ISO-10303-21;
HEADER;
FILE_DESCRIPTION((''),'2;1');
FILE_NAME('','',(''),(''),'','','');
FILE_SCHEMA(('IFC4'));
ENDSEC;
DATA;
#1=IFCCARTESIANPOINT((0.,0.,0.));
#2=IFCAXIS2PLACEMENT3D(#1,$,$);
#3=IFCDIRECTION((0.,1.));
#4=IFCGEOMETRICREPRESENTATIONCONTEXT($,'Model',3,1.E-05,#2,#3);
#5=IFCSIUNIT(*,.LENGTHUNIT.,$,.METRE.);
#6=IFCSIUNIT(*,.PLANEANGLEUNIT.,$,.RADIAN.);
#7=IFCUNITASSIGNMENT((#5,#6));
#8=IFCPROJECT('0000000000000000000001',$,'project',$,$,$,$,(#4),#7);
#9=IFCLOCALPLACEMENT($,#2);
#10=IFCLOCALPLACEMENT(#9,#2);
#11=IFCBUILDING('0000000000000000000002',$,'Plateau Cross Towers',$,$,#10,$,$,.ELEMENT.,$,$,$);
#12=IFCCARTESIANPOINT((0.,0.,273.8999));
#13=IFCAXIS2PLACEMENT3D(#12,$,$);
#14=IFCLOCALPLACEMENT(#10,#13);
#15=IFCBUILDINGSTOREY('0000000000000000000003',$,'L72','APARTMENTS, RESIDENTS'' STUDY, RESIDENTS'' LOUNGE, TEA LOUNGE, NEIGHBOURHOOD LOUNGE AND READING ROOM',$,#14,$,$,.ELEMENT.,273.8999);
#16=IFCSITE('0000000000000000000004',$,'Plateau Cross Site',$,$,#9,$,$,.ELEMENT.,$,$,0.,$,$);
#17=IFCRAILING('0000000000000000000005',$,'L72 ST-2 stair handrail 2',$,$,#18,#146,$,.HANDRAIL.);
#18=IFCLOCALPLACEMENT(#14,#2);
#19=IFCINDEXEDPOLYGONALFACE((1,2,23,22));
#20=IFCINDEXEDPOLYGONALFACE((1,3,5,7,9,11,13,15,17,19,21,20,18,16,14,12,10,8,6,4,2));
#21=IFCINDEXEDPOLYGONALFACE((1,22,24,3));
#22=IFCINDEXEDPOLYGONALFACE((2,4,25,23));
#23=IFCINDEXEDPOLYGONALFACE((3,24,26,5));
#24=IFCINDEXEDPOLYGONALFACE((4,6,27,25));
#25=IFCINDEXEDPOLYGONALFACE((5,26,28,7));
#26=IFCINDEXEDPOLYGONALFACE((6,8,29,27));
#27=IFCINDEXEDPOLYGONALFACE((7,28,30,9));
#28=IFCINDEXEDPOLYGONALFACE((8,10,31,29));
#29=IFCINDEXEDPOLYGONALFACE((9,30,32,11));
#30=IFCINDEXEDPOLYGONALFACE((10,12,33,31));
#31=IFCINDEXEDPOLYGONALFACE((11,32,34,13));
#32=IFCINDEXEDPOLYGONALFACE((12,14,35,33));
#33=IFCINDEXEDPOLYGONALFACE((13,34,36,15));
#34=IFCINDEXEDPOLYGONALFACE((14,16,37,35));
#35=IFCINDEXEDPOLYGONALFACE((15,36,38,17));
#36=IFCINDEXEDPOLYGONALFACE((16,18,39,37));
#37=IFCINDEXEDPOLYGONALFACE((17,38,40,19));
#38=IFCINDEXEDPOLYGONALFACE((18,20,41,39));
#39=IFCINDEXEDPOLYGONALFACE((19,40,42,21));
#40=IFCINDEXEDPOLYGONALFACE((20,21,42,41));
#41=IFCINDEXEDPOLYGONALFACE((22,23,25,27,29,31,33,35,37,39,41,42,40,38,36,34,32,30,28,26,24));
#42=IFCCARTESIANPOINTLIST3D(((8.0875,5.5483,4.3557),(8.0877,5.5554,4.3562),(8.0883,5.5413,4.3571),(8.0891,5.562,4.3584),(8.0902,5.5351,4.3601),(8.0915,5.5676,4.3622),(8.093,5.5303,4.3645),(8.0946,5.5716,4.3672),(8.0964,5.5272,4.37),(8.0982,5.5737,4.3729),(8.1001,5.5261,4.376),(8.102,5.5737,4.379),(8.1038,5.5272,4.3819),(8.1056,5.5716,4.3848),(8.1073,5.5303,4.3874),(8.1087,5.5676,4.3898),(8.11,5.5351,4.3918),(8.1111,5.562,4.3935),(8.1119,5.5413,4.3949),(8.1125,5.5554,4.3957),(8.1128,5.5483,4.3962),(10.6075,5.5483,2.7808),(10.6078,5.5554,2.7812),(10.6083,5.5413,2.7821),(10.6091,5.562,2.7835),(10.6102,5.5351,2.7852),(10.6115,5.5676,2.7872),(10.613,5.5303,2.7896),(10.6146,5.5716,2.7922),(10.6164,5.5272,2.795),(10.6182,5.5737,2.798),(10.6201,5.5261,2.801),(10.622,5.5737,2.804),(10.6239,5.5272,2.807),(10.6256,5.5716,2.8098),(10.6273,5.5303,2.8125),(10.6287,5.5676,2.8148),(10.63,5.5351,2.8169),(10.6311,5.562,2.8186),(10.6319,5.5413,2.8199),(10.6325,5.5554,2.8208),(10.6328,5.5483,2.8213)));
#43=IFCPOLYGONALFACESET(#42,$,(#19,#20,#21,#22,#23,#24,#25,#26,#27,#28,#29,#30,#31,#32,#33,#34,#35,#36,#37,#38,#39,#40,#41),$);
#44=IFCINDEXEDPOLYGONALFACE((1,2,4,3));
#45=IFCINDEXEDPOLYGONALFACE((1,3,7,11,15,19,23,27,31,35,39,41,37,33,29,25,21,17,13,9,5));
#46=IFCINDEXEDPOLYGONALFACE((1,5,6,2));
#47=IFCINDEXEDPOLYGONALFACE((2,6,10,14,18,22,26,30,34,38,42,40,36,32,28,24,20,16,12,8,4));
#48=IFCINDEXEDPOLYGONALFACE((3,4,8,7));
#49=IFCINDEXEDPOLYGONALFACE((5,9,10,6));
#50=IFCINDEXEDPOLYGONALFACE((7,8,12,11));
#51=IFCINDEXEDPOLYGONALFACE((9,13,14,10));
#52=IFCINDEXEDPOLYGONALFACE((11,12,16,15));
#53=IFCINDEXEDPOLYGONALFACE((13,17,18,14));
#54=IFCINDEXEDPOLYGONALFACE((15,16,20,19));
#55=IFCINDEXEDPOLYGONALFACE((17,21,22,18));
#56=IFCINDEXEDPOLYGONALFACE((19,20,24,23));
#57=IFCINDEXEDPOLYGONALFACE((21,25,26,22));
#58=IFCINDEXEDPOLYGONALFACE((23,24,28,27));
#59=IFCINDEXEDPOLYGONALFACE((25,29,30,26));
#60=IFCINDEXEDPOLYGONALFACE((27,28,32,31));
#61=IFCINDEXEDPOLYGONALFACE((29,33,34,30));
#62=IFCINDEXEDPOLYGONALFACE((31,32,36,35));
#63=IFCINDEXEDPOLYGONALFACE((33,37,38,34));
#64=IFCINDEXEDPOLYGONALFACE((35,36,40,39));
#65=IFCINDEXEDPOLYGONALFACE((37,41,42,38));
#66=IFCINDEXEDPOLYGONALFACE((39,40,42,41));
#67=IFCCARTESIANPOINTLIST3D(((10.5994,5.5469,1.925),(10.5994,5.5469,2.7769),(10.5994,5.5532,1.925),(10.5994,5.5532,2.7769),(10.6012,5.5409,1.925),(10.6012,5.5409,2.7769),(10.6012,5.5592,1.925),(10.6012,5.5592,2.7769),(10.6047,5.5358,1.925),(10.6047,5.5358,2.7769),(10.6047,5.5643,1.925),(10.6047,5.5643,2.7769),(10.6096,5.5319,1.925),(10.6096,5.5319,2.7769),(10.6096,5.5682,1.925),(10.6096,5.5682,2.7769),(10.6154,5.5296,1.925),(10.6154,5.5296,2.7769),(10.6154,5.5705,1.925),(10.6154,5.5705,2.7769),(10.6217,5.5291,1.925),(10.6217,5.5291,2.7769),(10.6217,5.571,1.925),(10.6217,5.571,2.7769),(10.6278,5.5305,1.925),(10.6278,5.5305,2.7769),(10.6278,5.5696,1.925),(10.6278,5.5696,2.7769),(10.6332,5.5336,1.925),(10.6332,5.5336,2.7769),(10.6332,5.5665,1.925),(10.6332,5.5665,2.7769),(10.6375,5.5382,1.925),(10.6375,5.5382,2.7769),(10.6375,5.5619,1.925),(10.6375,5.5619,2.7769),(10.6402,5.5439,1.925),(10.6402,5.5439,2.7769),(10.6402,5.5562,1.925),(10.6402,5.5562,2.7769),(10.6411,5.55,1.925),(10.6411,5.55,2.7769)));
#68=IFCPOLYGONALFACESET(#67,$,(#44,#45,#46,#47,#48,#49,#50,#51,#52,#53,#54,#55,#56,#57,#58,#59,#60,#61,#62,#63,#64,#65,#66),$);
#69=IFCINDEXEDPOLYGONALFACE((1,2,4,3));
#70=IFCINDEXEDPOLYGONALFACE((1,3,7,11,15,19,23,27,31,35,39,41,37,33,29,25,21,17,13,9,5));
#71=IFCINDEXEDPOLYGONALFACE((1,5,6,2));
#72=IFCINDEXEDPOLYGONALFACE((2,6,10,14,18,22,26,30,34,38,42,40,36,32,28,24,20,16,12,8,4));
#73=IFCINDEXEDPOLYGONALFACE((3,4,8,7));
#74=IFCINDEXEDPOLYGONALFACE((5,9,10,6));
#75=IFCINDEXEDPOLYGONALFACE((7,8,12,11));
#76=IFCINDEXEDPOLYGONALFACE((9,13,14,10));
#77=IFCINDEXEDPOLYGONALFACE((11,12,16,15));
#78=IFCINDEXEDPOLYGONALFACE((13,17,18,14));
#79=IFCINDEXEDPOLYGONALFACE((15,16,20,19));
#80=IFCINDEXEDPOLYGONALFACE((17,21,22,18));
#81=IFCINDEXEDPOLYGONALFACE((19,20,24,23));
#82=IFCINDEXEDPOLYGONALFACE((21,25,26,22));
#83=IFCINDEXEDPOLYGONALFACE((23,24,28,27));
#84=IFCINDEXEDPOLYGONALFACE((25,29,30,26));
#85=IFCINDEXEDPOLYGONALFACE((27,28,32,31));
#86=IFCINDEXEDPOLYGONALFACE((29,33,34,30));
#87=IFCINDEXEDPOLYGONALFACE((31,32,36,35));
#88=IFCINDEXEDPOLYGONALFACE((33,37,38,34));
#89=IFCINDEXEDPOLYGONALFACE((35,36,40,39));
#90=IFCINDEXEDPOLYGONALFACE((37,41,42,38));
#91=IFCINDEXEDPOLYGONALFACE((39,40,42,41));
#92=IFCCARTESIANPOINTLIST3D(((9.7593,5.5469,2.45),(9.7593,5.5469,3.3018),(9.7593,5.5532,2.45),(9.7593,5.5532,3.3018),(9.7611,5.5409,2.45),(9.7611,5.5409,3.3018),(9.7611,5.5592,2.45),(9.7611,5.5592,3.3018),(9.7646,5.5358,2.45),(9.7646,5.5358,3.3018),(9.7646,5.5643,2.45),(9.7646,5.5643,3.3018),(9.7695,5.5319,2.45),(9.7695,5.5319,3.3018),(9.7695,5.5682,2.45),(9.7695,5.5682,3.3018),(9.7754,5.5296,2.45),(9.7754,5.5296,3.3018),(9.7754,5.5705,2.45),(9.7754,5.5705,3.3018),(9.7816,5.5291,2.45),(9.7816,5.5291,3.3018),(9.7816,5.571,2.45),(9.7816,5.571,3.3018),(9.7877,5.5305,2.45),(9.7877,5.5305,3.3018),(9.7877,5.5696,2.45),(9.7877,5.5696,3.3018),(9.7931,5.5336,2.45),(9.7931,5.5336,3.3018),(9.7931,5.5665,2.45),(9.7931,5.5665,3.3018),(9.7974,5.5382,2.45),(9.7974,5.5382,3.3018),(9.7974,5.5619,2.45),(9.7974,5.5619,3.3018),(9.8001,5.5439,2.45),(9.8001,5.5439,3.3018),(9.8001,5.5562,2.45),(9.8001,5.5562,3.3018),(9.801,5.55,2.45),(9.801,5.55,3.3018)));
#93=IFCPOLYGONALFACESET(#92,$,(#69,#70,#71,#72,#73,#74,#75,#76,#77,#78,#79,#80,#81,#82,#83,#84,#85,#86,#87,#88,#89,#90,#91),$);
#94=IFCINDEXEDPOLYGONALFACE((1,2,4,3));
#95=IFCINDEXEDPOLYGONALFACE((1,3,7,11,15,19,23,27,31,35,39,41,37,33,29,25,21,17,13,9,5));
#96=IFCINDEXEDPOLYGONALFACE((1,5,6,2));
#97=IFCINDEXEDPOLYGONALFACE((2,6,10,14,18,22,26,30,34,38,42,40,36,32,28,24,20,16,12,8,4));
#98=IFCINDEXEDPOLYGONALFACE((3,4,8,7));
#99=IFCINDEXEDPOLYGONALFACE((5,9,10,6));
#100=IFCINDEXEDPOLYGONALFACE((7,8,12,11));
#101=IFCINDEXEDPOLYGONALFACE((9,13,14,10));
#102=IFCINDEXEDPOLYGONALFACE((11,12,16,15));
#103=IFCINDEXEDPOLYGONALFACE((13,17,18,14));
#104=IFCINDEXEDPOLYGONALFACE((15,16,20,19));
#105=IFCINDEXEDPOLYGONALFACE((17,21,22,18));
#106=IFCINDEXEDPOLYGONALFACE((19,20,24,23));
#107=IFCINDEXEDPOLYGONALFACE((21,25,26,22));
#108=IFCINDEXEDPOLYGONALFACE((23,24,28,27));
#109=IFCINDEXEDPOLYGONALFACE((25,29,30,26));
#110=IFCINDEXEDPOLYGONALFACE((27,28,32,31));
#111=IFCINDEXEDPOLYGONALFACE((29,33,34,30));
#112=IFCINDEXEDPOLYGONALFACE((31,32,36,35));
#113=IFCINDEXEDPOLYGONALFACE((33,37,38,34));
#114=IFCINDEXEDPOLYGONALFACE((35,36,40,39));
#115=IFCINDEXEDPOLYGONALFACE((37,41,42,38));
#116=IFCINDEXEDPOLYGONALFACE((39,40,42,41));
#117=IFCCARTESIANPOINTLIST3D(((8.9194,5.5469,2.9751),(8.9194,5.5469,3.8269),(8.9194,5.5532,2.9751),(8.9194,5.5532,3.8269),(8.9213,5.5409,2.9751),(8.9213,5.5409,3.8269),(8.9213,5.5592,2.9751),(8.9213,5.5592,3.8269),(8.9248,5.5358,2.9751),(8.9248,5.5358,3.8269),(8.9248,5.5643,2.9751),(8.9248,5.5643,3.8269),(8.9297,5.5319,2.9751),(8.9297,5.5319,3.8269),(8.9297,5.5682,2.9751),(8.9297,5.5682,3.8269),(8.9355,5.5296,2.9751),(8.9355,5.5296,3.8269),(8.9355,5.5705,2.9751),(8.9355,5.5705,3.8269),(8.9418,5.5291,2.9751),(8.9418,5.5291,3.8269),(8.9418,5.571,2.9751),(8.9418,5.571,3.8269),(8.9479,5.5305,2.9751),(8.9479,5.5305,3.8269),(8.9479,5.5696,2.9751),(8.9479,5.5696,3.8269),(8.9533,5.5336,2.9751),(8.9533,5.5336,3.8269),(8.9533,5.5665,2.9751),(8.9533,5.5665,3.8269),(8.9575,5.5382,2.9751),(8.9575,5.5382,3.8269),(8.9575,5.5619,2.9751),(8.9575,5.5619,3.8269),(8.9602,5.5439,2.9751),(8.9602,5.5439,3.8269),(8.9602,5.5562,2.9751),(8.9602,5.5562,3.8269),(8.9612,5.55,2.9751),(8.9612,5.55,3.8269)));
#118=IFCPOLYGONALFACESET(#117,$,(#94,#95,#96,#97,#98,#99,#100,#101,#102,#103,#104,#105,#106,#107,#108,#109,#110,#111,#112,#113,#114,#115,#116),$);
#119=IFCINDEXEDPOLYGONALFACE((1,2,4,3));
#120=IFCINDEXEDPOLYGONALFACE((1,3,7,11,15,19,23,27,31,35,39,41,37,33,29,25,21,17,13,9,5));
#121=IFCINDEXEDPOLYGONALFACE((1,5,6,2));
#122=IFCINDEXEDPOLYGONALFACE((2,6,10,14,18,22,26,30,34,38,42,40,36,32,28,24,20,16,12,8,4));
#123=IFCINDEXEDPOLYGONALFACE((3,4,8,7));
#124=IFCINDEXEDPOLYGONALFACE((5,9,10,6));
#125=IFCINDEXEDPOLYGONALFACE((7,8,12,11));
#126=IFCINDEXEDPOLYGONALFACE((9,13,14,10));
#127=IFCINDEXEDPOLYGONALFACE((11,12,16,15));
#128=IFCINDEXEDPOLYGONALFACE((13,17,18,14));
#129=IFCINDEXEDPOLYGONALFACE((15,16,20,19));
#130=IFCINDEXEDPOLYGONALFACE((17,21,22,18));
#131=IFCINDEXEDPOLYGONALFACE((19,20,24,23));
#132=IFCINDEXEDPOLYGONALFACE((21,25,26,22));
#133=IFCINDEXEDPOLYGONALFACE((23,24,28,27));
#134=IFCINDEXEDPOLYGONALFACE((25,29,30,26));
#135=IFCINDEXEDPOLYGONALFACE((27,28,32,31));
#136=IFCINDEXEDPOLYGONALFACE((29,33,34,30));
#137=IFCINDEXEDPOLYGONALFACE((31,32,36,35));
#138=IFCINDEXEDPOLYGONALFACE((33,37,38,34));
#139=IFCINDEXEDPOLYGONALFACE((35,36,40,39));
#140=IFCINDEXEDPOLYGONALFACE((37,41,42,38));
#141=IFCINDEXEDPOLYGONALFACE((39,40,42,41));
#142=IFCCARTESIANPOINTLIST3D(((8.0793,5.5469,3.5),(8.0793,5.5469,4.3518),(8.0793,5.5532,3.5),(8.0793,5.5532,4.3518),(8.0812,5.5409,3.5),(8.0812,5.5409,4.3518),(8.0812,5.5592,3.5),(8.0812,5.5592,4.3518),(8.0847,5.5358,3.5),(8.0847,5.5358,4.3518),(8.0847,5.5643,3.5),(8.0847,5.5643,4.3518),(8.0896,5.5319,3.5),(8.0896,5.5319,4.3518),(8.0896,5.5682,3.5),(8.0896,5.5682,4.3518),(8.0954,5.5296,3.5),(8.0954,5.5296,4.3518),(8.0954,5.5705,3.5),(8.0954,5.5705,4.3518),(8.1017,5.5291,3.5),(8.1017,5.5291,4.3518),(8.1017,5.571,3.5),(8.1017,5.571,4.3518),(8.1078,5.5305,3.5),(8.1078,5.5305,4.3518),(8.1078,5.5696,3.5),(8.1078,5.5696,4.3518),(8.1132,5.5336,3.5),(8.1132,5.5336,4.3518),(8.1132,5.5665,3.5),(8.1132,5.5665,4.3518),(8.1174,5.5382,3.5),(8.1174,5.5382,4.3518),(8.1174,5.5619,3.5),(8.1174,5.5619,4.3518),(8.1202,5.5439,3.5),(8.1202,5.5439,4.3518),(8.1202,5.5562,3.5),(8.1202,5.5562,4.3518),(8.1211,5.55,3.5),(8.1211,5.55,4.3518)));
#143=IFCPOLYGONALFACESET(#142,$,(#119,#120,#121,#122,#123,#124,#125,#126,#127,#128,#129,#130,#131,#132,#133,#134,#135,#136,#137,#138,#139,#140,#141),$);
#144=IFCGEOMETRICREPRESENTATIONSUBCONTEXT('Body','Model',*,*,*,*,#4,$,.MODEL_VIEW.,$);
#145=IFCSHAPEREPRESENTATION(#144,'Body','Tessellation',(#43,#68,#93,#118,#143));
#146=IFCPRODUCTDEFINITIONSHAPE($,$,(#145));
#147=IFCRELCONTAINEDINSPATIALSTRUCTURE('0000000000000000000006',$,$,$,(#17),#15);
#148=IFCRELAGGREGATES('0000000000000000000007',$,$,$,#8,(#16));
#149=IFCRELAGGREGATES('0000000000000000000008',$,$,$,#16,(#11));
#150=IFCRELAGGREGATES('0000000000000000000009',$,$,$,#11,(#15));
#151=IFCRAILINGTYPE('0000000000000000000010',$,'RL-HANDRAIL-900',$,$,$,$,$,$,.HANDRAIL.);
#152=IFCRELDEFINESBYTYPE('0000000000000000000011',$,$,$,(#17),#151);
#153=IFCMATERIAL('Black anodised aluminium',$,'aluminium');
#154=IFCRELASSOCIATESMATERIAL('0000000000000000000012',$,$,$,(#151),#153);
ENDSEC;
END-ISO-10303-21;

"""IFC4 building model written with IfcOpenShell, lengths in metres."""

from ifc_helpers import new_model, si_unit, direction, frame, origin, origin_2d, place, context, subcontext, project, spatial, circle, extrude, material, type_object, element, save


model = new_model("IFC4")

# Units and contexts
model_context = context("Model", 3, precision=1e-05, world=origin(), true_north=direction((0.0, 1.0)))
body_context = subcontext(model_context, "Body", "Model", "MODEL_VIEW")
ifc_project = project(units=[si_unit("LENGTHUNIT", "METRE"), si_unit("PLANEANGLEUNIT", "RADIAN")], contexts=[model_context])

# Site, building, storey
site_placement = place(None, origin())
site = spatial("IfcSite", under=ifc_project, at=site_placement, Name="Plateau Cross Site", CompositionType="ELEMENT", RefElevation=0.0)
building_placement = place(site_placement, origin())
building = spatial("IfcBuilding", under=site, at=building_placement, Name="Plateau Cross Towers", CompositionType="ELEMENT")
storey_placement = place(building_placement, frame((0.0, 0.0, 273.8999)))
storey = spatial("IfcBuildingStorey", under=building, at=storey_placement, Name="L72", Description="APARTMENTS, RESIDENTS' STUDY, RESIDENTS' LOUNGE, TEA LOUNGE, NEIGHBOURHOOD LOUNGE AND READING ROOM", CompositionType="ELEMENT", Elevation=273.8999)

# Shared definitions
ifc_material_1 = material(Name="Black anodised aluminium", Category="aluminium")

# Railing
railing_type_1 = type_object("IfcRailingType", Name="RL-HANDRAIL-900", PredefinedType="HANDRAIL", material=ifc_material_1)
railing_1_placement = place(storey_placement, frame((10.6201, 5.55, 1.925)))
element("IfcRailing", 1, at=railing_1_placement, inside=storey, type_object=railing_type_1, Name="L72 ST-2 stair handrail 2", PredefinedType="HANDRAIL", context=body_context, shape_type="SweptSolid", body=[
    extrude(circle(Radius=0.0239, at=origin_2d()), frame((0.0, 0.0, 0.876), z_axis=(-0.848008, 0.0, 0.529984), x_axis=(0.0, -1.0, 0.0)), (0.0, 0.0, 1.0), 2.9717),
    extrude(circle(Radius=0.021, at=origin_2d()), origin(), (0.0, 0.0, 1.0), 0.8518),
    extrude(circle(Radius=0.021, at=origin_2d()), frame((-0.8401, 0.0, 0.5249)), (0.0, 0.0, 1.0), 0.8518),
    extrude(circle(Radius=0.021, at=origin_2d()), frame((-1.6799, 0.0, 1.05)), (0.0, 0.0, 1.0), 0.8518),
    extrude(circle(Radius=0.021, at=origin_2d()), frame((-2.52, 0.0, 1.575)), (0.0, 0.0, 1.0), 0.8518),
])

save(model, "model.ifc")
